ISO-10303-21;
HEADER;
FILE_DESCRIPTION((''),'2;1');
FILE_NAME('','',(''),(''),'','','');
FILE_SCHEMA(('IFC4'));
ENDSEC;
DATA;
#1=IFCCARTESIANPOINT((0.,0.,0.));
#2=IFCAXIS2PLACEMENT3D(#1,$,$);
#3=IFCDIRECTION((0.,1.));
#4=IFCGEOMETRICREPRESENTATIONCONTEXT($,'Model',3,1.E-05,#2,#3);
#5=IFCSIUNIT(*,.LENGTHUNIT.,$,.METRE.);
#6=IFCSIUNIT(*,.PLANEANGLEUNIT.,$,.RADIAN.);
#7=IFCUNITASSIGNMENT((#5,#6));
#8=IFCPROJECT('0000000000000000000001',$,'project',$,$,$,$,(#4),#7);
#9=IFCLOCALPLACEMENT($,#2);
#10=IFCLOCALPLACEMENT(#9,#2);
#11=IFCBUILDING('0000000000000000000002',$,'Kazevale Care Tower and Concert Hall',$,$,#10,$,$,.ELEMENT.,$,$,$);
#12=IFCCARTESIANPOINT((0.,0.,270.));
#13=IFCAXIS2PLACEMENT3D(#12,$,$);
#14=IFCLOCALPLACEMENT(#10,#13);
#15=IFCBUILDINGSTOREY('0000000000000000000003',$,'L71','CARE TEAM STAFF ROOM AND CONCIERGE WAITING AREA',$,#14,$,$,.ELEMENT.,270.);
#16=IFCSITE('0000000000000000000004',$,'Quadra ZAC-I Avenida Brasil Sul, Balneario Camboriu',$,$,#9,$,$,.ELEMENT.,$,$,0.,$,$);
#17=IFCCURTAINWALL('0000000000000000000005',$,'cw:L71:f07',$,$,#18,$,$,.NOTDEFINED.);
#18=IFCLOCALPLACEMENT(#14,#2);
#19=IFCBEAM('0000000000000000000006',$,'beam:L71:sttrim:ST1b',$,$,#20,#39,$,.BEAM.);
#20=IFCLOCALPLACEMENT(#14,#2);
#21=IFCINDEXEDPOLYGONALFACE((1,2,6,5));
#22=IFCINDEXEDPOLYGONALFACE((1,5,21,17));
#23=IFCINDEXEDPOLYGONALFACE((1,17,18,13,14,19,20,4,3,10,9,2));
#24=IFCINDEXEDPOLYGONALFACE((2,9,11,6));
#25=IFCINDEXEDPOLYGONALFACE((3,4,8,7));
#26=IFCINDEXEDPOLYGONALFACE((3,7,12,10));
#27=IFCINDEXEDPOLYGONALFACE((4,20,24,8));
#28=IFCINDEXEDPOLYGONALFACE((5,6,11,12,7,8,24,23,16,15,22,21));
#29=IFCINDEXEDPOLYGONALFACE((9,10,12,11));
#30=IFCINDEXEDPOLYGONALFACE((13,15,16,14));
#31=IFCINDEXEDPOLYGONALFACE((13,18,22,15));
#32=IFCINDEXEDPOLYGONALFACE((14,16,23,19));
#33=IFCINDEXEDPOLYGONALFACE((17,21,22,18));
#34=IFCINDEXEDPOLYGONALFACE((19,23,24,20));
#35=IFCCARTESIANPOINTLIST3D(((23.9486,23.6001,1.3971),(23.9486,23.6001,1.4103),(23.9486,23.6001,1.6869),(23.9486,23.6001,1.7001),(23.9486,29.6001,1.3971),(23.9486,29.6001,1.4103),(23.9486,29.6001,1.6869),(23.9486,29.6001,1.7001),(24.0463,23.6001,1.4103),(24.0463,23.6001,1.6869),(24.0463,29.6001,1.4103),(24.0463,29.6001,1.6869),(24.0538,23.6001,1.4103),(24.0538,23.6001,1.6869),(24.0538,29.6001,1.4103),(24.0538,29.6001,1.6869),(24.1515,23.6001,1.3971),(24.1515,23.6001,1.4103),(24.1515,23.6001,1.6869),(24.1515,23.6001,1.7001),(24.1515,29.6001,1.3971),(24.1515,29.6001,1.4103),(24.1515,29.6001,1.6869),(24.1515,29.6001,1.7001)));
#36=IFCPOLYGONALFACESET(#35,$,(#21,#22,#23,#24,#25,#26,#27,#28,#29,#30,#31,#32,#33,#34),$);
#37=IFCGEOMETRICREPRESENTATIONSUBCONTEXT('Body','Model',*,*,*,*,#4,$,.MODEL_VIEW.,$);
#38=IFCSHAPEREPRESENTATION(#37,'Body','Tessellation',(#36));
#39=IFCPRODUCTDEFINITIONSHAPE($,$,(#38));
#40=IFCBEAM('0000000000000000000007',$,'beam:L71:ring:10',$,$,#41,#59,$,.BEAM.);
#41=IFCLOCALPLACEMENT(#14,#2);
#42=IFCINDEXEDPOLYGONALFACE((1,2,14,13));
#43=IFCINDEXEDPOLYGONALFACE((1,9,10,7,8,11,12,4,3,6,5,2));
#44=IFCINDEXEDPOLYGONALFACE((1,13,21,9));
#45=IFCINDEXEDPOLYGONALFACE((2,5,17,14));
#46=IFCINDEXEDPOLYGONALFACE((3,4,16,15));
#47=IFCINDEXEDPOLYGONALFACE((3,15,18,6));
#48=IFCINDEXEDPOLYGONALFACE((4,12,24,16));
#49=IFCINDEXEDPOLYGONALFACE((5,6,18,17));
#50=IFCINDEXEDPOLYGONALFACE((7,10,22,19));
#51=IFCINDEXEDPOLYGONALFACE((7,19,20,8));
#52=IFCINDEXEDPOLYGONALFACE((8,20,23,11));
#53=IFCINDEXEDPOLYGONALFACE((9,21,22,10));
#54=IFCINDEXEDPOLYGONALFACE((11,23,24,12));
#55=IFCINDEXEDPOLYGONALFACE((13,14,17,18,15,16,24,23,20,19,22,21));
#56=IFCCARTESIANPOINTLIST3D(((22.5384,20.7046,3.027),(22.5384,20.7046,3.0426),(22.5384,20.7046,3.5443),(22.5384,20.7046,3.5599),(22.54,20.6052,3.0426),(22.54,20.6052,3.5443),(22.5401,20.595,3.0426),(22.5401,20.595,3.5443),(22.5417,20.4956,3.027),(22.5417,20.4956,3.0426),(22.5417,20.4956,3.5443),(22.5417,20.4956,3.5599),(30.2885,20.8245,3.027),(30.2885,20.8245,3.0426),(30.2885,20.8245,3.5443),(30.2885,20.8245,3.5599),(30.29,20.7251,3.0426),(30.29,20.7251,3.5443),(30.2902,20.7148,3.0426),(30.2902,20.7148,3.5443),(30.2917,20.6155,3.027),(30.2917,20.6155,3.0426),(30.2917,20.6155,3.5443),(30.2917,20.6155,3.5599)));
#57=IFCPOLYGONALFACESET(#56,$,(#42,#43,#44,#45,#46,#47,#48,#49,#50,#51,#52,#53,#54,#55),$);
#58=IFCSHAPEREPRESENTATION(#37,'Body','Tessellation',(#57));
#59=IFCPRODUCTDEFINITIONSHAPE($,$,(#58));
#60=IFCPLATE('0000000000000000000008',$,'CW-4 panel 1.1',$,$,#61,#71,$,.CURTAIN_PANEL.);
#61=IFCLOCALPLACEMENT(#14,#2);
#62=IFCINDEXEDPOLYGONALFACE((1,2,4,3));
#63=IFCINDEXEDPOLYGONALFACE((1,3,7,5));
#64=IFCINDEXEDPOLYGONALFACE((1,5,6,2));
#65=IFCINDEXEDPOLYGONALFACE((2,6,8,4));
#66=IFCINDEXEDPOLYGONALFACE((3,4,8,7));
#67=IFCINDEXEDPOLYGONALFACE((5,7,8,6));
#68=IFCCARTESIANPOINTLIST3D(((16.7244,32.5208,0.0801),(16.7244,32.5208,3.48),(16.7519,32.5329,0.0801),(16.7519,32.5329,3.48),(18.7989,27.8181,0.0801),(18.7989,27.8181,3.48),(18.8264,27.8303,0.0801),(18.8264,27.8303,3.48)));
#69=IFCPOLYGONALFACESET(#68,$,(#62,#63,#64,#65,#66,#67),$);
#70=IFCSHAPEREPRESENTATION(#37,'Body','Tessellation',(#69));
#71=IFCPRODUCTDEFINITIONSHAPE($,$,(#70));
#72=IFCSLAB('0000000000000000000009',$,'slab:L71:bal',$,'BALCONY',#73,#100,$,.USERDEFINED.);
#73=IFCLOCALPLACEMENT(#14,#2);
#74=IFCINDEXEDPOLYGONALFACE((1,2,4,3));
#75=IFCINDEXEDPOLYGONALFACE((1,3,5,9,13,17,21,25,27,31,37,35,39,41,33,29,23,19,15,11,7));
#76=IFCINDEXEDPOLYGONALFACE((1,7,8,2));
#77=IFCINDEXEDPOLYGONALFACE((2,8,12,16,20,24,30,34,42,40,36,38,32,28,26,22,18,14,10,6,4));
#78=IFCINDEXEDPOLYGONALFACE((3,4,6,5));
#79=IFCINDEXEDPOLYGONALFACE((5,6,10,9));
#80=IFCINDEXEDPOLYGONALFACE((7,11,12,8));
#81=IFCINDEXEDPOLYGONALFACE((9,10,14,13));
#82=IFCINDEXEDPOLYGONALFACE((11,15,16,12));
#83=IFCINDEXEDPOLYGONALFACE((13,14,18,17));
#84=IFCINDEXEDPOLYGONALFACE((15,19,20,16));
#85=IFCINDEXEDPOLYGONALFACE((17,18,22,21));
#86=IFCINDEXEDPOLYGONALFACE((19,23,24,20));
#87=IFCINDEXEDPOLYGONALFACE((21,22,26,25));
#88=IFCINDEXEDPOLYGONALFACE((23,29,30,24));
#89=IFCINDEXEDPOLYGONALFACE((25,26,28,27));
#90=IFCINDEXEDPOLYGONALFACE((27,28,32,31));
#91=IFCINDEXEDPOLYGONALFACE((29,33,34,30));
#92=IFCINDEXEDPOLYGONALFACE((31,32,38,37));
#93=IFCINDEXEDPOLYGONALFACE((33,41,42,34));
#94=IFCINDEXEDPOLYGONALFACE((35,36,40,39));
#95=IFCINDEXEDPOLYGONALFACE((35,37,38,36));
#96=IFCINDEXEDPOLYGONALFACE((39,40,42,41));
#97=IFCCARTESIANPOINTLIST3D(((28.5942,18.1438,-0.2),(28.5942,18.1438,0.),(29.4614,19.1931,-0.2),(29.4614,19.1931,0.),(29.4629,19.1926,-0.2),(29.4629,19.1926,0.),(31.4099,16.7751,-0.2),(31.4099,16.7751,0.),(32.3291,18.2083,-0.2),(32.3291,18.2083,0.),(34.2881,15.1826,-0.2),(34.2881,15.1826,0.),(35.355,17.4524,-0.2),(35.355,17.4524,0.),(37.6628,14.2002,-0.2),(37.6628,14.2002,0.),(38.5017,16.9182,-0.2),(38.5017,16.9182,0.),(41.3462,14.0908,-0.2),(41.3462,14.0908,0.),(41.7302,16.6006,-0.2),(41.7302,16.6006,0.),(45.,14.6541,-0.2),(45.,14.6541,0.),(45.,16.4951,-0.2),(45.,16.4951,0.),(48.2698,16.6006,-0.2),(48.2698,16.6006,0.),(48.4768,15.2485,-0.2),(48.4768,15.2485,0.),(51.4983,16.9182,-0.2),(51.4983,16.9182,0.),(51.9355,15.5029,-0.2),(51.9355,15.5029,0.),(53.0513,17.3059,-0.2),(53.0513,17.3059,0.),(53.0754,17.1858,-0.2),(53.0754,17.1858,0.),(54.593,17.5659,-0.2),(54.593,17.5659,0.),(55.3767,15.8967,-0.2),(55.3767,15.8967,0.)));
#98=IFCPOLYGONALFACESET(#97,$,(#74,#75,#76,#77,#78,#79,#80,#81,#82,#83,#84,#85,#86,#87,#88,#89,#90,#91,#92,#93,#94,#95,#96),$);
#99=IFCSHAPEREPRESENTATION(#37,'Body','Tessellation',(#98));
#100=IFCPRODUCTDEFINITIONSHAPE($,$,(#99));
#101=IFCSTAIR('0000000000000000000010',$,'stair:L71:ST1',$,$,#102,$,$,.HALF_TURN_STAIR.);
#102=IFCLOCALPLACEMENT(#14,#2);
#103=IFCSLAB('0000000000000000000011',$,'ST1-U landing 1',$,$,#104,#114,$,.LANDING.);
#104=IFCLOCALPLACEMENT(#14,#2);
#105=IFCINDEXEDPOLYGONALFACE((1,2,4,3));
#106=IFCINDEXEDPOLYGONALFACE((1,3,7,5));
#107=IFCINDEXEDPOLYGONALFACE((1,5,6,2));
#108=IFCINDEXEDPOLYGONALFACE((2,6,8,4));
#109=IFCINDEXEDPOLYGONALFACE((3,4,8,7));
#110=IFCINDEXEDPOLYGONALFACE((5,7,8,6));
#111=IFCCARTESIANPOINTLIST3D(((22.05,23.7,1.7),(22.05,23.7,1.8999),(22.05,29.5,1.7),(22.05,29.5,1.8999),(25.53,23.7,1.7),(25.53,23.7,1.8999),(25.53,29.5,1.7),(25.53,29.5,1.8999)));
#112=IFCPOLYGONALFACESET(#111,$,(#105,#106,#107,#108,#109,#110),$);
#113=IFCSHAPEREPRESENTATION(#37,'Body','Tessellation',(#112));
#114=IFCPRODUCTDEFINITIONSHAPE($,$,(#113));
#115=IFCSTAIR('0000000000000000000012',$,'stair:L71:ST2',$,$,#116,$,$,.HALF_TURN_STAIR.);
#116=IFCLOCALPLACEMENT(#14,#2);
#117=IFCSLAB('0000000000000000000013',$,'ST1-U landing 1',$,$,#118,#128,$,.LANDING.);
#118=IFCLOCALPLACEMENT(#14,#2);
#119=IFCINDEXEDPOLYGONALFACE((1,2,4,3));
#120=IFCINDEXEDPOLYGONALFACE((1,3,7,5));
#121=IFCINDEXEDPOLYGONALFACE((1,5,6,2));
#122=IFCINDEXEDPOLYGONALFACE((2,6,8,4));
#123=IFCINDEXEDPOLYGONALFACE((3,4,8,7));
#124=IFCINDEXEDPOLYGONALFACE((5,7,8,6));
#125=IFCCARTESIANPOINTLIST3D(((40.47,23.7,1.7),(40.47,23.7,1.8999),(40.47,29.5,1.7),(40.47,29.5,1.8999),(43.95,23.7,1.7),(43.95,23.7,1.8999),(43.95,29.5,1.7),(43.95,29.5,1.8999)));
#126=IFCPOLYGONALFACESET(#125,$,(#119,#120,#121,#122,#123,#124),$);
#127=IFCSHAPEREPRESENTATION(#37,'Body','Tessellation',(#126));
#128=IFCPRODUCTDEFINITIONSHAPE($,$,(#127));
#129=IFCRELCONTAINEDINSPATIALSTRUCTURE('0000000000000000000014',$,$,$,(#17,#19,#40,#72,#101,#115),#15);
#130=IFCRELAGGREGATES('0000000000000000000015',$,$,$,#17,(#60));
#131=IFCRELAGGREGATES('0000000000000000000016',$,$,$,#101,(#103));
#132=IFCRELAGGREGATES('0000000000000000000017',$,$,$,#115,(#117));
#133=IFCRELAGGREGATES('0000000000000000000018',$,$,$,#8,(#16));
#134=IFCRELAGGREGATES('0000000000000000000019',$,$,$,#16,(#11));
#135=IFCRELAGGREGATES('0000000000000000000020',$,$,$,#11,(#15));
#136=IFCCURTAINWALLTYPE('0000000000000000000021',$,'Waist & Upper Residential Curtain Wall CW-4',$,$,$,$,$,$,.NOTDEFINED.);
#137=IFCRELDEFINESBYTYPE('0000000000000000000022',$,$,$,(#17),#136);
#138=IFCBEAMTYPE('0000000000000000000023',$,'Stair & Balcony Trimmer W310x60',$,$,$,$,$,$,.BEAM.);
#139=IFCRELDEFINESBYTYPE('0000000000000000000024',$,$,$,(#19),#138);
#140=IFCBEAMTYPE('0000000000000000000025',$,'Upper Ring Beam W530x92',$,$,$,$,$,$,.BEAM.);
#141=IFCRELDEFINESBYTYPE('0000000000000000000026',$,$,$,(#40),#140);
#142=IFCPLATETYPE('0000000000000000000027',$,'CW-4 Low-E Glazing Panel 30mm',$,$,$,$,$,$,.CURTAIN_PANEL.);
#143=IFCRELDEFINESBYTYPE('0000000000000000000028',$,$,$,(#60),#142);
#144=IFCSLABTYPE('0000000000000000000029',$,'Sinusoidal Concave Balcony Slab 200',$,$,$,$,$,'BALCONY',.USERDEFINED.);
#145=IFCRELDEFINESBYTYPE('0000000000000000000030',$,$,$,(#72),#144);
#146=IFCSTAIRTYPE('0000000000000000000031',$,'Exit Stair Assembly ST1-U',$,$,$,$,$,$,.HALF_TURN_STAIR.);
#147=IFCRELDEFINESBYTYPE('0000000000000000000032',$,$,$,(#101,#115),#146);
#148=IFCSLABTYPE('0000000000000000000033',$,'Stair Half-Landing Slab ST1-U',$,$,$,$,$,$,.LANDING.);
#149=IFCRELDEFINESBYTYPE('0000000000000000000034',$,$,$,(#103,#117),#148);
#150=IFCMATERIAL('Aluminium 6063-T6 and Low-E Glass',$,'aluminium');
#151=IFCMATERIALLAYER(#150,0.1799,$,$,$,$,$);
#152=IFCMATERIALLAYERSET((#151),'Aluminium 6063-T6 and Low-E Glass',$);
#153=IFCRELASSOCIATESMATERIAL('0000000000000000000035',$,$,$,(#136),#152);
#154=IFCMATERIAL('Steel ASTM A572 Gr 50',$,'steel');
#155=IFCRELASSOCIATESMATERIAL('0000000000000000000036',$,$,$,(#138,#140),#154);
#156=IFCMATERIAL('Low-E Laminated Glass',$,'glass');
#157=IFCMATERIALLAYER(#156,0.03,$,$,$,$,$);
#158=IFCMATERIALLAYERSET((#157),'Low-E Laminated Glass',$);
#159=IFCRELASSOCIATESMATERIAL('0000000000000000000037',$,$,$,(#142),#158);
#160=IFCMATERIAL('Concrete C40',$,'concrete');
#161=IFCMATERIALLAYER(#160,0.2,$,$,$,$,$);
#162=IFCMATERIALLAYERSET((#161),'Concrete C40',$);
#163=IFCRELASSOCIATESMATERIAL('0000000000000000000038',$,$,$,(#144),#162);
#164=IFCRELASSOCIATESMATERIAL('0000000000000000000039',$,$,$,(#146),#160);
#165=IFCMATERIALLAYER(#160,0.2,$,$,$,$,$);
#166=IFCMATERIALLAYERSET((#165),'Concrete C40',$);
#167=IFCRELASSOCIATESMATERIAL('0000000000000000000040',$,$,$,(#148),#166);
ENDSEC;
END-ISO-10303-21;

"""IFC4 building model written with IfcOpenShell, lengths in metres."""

from ifc_helpers import new_model, si_unit, direction, frame, origin, origin_2d, place, context, subcontext, project, spatial, polyline, rectangle, i_section, outline, extrude, material, layer, layer_set, material_profile, profile_set, type_object, element, aggregate, save


model = new_model("IFC4")

# Units and contexts
model_context = context("Model", 3, precision=1e-05, world=origin(), true_north=direction((0.0, 1.0)))
body_context = subcontext(model_context, "Body", "Model", "MODEL_VIEW")
ifc_project = project(units=[si_unit("LENGTHUNIT", "METRE"), si_unit("PLANEANGLEUNIT", "RADIAN")], contexts=[model_context])

# Site, building, storey
site_placement = place(None, origin())
site = spatial("IfcSite", under=ifc_project, at=site_placement, Name="Quadra ZAC-I Avenida Brasil Sul, Balneario Camboriu", CompositionType="ELEMENT", RefElevation=0.0)
building_placement = place(site_placement, origin())
building = spatial("IfcBuilding", under=site, at=building_placement, Name="Kazevale Care Tower and Concert Hall", CompositionType="ELEMENT")
storey_placement = place(building_placement, frame((0.0, 0.0, 270.0)))
storey = spatial("IfcBuildingStorey", under=building, at=storey_placement, Name="L71", Description="CARE TEAM STAFF ROOM AND CONCIERGE WAITING AREA", CompositionType="ELEMENT", Elevation=270.0)

# Curtain wall
ifc_material_1 = material(Name="Aluminium 6063-T6 and Low-E Glass", Category="aluminium")
ifc_layer_1 = layer(ifc_material_1, 0.1799)
ifc_layer_set_1 = layer_set([ifc_layer_1], Name="Aluminium 6063-T6 and Low-E Glass")
curtain_wall_type = type_object("IfcCurtainWallType", Name="Waist & Upper Residential Curtain Wall CW-4", PredefinedType="NOTDEFINED", material=ifc_layer_set_1)
curtain_wall_1_placement = place(storey_placement, origin())
curtain_wall_1 = element("IfcCurtainWall", 1, at=curtain_wall_1_placement, inside=storey, type_object=curtain_wall_type, Name="cw:L71:f07", PredefinedType="NOTDEFINED")

# Beams
ifc_material_2 = material(Name="Steel ASTM A572 Gr 50", Category="steel")
ifc_material_profile_1 = material_profile(ifc_material_2, i_section(OverallWidth=0.2029, OverallDepth=0.303, WebThickness=0.0076, FlangeThickness=0.0132, at=origin_2d()), Name="W310x60")
ifc_profile_set_1 = profile_set([ifc_material_profile_1], Name="Steel ASTM A572 Gr 50")
beam_type_1 = type_object("IfcBeamType", Name="Stair & Balcony Trimmer W310x60", PredefinedType="BEAM", material=ifc_profile_set_1)
for number, where, z_axis, x_axis, name in (
    (2, (24.05, 23.6001, 1.5486), (0.0, 1.0, 0.0), (-1.0, 0.0, 0.0), "beam:L71:sttrim:ST1b"),
):
    element("IfcBeam", number, at=place(storey_placement, frame(where, z_axis=z_axis, x_axis=x_axis)), inside=storey, type_object=beam_type_1, Name=name, PredefinedType="BEAM", context=body_context, shape_type="SweptSolid", body=[
        extrude(i_section(OverallWidth=0.2029, OverallDepth=0.303, WebThickness=0.0076, FlangeThickness=0.0132, at=origin_2d()), origin(), (0.0, 0.0, 1.0), 6.0),
    ])
ifc_material_profile_2 = material_profile(ifc_material_2, i_section(OverallWidth=0.209, OverallDepth=0.533, WebThickness=0.0103, FlangeThickness=0.0156, at=origin_2d()), Name="W530x92")
ifc_profile_set_2 = profile_set([ifc_material_profile_2], Name="Steel ASTM A572 Gr 50")
beam_type_2 = type_object("IfcBeamType", Name="Upper Ring Beam W530x92", PredefinedType="BEAM", material=ifc_profile_set_2)
beam_1_placement = place(storey_placement, frame((22.54, 20.6001, 3.2935), z_axis=(0.99988, 0.015466, 0.0), x_axis=(-0.015466, 0.99988, 0.0)))
element("IfcBeam", 3, at=beam_1_placement, inside=storey, type_object=beam_type_2, Name="beam:L71:ring:10", PredefinedType="BEAM", context=body_context, shape_type="SweptSolid", body=[
    extrude(i_section(OverallWidth=0.209, OverallDepth=0.533, WebThickness=0.0103, FlangeThickness=0.0156, at=origin_2d()), origin(), (0.0, 0.0, 1.0), 7.751),
])

# Plate
ifc_material_3 = material(Name="Low-E Laminated Glass", Category="glass")
ifc_layer_2 = layer(ifc_material_3, 0.03)
ifc_layer_set_2 = layer_set([ifc_layer_2], Name="Low-E Laminated Glass")
plate_type = type_object("IfcPlateType", Name="CW-4 Low-E Glazing Panel 30mm", PredefinedType="CURTAIN_PANEL", material=ifc_layer_set_2)
plate_placement = place(storey_placement, frame((17.7754, 30.1755, 0.0801), z_axis=(0.0, 0.0, 1.0), x_axis=(-0.403598, 0.914936, 0.0)))
plate = element("IfcPlate", 4, at=plate_placement, type_object=plate_type, Name="CW-4 panel 1.1", PredefinedType="CURTAIN_PANEL", context=body_context, shape_type="SweptSolid", body=[
    extrude(rectangle(XDim=5.1399, YDim=0.03, at=origin_2d()), origin(), (0.0, 0.0, 1.0), 3.3999),
])
aggregate(curtain_wall_1, [plate])

# Slab
ifc_material_4 = material(Name="Concrete C40", Category="concrete")
ifc_layer_3 = layer(ifc_material_4, 0.2)
ifc_layer_set_3 = layer_set([ifc_layer_3], Name="Concrete C40")
slab_type_1 = type_object("IfcSlabType", Name="Sinusoidal Concave Balcony Slab 200", ElementType="BALCONY", PredefinedType="USERDEFINED", material=ifc_layer_set_3)
slab_1_placement = place(storey_placement, frame((0.0, 0.0, -0.2)))
element("IfcSlab", 5, at=slab_1_placement, inside=storey, type_object=slab_type_1, Name="slab:L71:bal", ObjectType="BALCONY", PredefinedType="USERDEFINED", context=body_context, shape_type="SweptSolid", body=[
    extrude(outline(polyline([(54.593, 17.5659), (55.3767, 15.8967), (51.9355, 15.5029), (48.4768, 15.2485), (45.0, 14.6541), (41.3462, 14.0908), (37.6628, 14.2002), (34.2881, 15.1826), (31.4099, 16.7751), (28.5942, 18.1438), (29.4614, 19.1931), (29.4629, 19.1926), (32.3291, 18.2083), (35.355, 17.4524), (38.5017, 16.9182), (41.7302, 16.6006), (45.0, 16.4951), (48.2698, 16.6006), (51.4983, 16.9182), (53.0754, 17.1858), (53.0513, 17.3059), (54.593, 17.5659)])), origin(), (0.0, 0.0, 1.0), 0.2),
])

# Stairs, slabs
stair_type = type_object("IfcStairType", Name="Exit Stair Assembly ST1-U", PredefinedType="HALF_TURN_STAIR", material=ifc_material_4)
stair_1_placement = place(storey_placement, origin())
stair_1 = element("IfcStair", 6, at=stair_1_placement, inside=storey, type_object=stair_type, Name="stair:L71:ST1", PredefinedType="HALF_TURN_STAIR")
ifc_layer_4 = layer(ifc_material_4, 0.2)
ifc_layer_set_4 = layer_set([ifc_layer_4], Name="Concrete C40")
slab_type_2 = type_object("IfcSlabType", Name="Stair Half-Landing Slab ST1-U", PredefinedType="LANDING", material=ifc_layer_set_4)
slab_2_placement = place(storey_placement, frame((0.0, 0.0, 1.7)))
slab_2 = element("IfcSlab", 7, at=slab_2_placement, type_object=slab_type_2, Name="ST1-U landing 1", PredefinedType="LANDING", context=body_context, shape_type="SweptSolid", body=[
    extrude(outline(polyline([(22.05, 23.7), (25.53, 23.7), (25.53, 29.5), (22.05, 29.5), (22.05, 23.7)])), origin(), (0.0, 0.0, 1.0), 0.2),
])
aggregate(stair_1, [slab_2])
stair_2_placement = place(storey_placement, origin())
stair_2 = element("IfcStair", 8, at=stair_2_placement, inside=storey, type_object=stair_type, Name="stair:L71:ST2", PredefinedType="HALF_TURN_STAIR")
slab_3_placement = place(storey_placement, frame((0.0, 0.0, 1.7)))
slab_3 = element("IfcSlab", 9, at=slab_3_placement, type_object=slab_type_2, Name="ST1-U landing 1", PredefinedType="LANDING", context=body_context, shape_type="SweptSolid", body=[
    extrude(outline(polyline([(40.47, 23.7), (43.95, 23.7), (43.95, 29.5), (40.47, 29.5), (40.47, 23.7)])), origin(), (0.0, 0.0, 1.0), 0.2),
])
aggregate(stair_2, [slab_3])

save(model, "model.ifc")
